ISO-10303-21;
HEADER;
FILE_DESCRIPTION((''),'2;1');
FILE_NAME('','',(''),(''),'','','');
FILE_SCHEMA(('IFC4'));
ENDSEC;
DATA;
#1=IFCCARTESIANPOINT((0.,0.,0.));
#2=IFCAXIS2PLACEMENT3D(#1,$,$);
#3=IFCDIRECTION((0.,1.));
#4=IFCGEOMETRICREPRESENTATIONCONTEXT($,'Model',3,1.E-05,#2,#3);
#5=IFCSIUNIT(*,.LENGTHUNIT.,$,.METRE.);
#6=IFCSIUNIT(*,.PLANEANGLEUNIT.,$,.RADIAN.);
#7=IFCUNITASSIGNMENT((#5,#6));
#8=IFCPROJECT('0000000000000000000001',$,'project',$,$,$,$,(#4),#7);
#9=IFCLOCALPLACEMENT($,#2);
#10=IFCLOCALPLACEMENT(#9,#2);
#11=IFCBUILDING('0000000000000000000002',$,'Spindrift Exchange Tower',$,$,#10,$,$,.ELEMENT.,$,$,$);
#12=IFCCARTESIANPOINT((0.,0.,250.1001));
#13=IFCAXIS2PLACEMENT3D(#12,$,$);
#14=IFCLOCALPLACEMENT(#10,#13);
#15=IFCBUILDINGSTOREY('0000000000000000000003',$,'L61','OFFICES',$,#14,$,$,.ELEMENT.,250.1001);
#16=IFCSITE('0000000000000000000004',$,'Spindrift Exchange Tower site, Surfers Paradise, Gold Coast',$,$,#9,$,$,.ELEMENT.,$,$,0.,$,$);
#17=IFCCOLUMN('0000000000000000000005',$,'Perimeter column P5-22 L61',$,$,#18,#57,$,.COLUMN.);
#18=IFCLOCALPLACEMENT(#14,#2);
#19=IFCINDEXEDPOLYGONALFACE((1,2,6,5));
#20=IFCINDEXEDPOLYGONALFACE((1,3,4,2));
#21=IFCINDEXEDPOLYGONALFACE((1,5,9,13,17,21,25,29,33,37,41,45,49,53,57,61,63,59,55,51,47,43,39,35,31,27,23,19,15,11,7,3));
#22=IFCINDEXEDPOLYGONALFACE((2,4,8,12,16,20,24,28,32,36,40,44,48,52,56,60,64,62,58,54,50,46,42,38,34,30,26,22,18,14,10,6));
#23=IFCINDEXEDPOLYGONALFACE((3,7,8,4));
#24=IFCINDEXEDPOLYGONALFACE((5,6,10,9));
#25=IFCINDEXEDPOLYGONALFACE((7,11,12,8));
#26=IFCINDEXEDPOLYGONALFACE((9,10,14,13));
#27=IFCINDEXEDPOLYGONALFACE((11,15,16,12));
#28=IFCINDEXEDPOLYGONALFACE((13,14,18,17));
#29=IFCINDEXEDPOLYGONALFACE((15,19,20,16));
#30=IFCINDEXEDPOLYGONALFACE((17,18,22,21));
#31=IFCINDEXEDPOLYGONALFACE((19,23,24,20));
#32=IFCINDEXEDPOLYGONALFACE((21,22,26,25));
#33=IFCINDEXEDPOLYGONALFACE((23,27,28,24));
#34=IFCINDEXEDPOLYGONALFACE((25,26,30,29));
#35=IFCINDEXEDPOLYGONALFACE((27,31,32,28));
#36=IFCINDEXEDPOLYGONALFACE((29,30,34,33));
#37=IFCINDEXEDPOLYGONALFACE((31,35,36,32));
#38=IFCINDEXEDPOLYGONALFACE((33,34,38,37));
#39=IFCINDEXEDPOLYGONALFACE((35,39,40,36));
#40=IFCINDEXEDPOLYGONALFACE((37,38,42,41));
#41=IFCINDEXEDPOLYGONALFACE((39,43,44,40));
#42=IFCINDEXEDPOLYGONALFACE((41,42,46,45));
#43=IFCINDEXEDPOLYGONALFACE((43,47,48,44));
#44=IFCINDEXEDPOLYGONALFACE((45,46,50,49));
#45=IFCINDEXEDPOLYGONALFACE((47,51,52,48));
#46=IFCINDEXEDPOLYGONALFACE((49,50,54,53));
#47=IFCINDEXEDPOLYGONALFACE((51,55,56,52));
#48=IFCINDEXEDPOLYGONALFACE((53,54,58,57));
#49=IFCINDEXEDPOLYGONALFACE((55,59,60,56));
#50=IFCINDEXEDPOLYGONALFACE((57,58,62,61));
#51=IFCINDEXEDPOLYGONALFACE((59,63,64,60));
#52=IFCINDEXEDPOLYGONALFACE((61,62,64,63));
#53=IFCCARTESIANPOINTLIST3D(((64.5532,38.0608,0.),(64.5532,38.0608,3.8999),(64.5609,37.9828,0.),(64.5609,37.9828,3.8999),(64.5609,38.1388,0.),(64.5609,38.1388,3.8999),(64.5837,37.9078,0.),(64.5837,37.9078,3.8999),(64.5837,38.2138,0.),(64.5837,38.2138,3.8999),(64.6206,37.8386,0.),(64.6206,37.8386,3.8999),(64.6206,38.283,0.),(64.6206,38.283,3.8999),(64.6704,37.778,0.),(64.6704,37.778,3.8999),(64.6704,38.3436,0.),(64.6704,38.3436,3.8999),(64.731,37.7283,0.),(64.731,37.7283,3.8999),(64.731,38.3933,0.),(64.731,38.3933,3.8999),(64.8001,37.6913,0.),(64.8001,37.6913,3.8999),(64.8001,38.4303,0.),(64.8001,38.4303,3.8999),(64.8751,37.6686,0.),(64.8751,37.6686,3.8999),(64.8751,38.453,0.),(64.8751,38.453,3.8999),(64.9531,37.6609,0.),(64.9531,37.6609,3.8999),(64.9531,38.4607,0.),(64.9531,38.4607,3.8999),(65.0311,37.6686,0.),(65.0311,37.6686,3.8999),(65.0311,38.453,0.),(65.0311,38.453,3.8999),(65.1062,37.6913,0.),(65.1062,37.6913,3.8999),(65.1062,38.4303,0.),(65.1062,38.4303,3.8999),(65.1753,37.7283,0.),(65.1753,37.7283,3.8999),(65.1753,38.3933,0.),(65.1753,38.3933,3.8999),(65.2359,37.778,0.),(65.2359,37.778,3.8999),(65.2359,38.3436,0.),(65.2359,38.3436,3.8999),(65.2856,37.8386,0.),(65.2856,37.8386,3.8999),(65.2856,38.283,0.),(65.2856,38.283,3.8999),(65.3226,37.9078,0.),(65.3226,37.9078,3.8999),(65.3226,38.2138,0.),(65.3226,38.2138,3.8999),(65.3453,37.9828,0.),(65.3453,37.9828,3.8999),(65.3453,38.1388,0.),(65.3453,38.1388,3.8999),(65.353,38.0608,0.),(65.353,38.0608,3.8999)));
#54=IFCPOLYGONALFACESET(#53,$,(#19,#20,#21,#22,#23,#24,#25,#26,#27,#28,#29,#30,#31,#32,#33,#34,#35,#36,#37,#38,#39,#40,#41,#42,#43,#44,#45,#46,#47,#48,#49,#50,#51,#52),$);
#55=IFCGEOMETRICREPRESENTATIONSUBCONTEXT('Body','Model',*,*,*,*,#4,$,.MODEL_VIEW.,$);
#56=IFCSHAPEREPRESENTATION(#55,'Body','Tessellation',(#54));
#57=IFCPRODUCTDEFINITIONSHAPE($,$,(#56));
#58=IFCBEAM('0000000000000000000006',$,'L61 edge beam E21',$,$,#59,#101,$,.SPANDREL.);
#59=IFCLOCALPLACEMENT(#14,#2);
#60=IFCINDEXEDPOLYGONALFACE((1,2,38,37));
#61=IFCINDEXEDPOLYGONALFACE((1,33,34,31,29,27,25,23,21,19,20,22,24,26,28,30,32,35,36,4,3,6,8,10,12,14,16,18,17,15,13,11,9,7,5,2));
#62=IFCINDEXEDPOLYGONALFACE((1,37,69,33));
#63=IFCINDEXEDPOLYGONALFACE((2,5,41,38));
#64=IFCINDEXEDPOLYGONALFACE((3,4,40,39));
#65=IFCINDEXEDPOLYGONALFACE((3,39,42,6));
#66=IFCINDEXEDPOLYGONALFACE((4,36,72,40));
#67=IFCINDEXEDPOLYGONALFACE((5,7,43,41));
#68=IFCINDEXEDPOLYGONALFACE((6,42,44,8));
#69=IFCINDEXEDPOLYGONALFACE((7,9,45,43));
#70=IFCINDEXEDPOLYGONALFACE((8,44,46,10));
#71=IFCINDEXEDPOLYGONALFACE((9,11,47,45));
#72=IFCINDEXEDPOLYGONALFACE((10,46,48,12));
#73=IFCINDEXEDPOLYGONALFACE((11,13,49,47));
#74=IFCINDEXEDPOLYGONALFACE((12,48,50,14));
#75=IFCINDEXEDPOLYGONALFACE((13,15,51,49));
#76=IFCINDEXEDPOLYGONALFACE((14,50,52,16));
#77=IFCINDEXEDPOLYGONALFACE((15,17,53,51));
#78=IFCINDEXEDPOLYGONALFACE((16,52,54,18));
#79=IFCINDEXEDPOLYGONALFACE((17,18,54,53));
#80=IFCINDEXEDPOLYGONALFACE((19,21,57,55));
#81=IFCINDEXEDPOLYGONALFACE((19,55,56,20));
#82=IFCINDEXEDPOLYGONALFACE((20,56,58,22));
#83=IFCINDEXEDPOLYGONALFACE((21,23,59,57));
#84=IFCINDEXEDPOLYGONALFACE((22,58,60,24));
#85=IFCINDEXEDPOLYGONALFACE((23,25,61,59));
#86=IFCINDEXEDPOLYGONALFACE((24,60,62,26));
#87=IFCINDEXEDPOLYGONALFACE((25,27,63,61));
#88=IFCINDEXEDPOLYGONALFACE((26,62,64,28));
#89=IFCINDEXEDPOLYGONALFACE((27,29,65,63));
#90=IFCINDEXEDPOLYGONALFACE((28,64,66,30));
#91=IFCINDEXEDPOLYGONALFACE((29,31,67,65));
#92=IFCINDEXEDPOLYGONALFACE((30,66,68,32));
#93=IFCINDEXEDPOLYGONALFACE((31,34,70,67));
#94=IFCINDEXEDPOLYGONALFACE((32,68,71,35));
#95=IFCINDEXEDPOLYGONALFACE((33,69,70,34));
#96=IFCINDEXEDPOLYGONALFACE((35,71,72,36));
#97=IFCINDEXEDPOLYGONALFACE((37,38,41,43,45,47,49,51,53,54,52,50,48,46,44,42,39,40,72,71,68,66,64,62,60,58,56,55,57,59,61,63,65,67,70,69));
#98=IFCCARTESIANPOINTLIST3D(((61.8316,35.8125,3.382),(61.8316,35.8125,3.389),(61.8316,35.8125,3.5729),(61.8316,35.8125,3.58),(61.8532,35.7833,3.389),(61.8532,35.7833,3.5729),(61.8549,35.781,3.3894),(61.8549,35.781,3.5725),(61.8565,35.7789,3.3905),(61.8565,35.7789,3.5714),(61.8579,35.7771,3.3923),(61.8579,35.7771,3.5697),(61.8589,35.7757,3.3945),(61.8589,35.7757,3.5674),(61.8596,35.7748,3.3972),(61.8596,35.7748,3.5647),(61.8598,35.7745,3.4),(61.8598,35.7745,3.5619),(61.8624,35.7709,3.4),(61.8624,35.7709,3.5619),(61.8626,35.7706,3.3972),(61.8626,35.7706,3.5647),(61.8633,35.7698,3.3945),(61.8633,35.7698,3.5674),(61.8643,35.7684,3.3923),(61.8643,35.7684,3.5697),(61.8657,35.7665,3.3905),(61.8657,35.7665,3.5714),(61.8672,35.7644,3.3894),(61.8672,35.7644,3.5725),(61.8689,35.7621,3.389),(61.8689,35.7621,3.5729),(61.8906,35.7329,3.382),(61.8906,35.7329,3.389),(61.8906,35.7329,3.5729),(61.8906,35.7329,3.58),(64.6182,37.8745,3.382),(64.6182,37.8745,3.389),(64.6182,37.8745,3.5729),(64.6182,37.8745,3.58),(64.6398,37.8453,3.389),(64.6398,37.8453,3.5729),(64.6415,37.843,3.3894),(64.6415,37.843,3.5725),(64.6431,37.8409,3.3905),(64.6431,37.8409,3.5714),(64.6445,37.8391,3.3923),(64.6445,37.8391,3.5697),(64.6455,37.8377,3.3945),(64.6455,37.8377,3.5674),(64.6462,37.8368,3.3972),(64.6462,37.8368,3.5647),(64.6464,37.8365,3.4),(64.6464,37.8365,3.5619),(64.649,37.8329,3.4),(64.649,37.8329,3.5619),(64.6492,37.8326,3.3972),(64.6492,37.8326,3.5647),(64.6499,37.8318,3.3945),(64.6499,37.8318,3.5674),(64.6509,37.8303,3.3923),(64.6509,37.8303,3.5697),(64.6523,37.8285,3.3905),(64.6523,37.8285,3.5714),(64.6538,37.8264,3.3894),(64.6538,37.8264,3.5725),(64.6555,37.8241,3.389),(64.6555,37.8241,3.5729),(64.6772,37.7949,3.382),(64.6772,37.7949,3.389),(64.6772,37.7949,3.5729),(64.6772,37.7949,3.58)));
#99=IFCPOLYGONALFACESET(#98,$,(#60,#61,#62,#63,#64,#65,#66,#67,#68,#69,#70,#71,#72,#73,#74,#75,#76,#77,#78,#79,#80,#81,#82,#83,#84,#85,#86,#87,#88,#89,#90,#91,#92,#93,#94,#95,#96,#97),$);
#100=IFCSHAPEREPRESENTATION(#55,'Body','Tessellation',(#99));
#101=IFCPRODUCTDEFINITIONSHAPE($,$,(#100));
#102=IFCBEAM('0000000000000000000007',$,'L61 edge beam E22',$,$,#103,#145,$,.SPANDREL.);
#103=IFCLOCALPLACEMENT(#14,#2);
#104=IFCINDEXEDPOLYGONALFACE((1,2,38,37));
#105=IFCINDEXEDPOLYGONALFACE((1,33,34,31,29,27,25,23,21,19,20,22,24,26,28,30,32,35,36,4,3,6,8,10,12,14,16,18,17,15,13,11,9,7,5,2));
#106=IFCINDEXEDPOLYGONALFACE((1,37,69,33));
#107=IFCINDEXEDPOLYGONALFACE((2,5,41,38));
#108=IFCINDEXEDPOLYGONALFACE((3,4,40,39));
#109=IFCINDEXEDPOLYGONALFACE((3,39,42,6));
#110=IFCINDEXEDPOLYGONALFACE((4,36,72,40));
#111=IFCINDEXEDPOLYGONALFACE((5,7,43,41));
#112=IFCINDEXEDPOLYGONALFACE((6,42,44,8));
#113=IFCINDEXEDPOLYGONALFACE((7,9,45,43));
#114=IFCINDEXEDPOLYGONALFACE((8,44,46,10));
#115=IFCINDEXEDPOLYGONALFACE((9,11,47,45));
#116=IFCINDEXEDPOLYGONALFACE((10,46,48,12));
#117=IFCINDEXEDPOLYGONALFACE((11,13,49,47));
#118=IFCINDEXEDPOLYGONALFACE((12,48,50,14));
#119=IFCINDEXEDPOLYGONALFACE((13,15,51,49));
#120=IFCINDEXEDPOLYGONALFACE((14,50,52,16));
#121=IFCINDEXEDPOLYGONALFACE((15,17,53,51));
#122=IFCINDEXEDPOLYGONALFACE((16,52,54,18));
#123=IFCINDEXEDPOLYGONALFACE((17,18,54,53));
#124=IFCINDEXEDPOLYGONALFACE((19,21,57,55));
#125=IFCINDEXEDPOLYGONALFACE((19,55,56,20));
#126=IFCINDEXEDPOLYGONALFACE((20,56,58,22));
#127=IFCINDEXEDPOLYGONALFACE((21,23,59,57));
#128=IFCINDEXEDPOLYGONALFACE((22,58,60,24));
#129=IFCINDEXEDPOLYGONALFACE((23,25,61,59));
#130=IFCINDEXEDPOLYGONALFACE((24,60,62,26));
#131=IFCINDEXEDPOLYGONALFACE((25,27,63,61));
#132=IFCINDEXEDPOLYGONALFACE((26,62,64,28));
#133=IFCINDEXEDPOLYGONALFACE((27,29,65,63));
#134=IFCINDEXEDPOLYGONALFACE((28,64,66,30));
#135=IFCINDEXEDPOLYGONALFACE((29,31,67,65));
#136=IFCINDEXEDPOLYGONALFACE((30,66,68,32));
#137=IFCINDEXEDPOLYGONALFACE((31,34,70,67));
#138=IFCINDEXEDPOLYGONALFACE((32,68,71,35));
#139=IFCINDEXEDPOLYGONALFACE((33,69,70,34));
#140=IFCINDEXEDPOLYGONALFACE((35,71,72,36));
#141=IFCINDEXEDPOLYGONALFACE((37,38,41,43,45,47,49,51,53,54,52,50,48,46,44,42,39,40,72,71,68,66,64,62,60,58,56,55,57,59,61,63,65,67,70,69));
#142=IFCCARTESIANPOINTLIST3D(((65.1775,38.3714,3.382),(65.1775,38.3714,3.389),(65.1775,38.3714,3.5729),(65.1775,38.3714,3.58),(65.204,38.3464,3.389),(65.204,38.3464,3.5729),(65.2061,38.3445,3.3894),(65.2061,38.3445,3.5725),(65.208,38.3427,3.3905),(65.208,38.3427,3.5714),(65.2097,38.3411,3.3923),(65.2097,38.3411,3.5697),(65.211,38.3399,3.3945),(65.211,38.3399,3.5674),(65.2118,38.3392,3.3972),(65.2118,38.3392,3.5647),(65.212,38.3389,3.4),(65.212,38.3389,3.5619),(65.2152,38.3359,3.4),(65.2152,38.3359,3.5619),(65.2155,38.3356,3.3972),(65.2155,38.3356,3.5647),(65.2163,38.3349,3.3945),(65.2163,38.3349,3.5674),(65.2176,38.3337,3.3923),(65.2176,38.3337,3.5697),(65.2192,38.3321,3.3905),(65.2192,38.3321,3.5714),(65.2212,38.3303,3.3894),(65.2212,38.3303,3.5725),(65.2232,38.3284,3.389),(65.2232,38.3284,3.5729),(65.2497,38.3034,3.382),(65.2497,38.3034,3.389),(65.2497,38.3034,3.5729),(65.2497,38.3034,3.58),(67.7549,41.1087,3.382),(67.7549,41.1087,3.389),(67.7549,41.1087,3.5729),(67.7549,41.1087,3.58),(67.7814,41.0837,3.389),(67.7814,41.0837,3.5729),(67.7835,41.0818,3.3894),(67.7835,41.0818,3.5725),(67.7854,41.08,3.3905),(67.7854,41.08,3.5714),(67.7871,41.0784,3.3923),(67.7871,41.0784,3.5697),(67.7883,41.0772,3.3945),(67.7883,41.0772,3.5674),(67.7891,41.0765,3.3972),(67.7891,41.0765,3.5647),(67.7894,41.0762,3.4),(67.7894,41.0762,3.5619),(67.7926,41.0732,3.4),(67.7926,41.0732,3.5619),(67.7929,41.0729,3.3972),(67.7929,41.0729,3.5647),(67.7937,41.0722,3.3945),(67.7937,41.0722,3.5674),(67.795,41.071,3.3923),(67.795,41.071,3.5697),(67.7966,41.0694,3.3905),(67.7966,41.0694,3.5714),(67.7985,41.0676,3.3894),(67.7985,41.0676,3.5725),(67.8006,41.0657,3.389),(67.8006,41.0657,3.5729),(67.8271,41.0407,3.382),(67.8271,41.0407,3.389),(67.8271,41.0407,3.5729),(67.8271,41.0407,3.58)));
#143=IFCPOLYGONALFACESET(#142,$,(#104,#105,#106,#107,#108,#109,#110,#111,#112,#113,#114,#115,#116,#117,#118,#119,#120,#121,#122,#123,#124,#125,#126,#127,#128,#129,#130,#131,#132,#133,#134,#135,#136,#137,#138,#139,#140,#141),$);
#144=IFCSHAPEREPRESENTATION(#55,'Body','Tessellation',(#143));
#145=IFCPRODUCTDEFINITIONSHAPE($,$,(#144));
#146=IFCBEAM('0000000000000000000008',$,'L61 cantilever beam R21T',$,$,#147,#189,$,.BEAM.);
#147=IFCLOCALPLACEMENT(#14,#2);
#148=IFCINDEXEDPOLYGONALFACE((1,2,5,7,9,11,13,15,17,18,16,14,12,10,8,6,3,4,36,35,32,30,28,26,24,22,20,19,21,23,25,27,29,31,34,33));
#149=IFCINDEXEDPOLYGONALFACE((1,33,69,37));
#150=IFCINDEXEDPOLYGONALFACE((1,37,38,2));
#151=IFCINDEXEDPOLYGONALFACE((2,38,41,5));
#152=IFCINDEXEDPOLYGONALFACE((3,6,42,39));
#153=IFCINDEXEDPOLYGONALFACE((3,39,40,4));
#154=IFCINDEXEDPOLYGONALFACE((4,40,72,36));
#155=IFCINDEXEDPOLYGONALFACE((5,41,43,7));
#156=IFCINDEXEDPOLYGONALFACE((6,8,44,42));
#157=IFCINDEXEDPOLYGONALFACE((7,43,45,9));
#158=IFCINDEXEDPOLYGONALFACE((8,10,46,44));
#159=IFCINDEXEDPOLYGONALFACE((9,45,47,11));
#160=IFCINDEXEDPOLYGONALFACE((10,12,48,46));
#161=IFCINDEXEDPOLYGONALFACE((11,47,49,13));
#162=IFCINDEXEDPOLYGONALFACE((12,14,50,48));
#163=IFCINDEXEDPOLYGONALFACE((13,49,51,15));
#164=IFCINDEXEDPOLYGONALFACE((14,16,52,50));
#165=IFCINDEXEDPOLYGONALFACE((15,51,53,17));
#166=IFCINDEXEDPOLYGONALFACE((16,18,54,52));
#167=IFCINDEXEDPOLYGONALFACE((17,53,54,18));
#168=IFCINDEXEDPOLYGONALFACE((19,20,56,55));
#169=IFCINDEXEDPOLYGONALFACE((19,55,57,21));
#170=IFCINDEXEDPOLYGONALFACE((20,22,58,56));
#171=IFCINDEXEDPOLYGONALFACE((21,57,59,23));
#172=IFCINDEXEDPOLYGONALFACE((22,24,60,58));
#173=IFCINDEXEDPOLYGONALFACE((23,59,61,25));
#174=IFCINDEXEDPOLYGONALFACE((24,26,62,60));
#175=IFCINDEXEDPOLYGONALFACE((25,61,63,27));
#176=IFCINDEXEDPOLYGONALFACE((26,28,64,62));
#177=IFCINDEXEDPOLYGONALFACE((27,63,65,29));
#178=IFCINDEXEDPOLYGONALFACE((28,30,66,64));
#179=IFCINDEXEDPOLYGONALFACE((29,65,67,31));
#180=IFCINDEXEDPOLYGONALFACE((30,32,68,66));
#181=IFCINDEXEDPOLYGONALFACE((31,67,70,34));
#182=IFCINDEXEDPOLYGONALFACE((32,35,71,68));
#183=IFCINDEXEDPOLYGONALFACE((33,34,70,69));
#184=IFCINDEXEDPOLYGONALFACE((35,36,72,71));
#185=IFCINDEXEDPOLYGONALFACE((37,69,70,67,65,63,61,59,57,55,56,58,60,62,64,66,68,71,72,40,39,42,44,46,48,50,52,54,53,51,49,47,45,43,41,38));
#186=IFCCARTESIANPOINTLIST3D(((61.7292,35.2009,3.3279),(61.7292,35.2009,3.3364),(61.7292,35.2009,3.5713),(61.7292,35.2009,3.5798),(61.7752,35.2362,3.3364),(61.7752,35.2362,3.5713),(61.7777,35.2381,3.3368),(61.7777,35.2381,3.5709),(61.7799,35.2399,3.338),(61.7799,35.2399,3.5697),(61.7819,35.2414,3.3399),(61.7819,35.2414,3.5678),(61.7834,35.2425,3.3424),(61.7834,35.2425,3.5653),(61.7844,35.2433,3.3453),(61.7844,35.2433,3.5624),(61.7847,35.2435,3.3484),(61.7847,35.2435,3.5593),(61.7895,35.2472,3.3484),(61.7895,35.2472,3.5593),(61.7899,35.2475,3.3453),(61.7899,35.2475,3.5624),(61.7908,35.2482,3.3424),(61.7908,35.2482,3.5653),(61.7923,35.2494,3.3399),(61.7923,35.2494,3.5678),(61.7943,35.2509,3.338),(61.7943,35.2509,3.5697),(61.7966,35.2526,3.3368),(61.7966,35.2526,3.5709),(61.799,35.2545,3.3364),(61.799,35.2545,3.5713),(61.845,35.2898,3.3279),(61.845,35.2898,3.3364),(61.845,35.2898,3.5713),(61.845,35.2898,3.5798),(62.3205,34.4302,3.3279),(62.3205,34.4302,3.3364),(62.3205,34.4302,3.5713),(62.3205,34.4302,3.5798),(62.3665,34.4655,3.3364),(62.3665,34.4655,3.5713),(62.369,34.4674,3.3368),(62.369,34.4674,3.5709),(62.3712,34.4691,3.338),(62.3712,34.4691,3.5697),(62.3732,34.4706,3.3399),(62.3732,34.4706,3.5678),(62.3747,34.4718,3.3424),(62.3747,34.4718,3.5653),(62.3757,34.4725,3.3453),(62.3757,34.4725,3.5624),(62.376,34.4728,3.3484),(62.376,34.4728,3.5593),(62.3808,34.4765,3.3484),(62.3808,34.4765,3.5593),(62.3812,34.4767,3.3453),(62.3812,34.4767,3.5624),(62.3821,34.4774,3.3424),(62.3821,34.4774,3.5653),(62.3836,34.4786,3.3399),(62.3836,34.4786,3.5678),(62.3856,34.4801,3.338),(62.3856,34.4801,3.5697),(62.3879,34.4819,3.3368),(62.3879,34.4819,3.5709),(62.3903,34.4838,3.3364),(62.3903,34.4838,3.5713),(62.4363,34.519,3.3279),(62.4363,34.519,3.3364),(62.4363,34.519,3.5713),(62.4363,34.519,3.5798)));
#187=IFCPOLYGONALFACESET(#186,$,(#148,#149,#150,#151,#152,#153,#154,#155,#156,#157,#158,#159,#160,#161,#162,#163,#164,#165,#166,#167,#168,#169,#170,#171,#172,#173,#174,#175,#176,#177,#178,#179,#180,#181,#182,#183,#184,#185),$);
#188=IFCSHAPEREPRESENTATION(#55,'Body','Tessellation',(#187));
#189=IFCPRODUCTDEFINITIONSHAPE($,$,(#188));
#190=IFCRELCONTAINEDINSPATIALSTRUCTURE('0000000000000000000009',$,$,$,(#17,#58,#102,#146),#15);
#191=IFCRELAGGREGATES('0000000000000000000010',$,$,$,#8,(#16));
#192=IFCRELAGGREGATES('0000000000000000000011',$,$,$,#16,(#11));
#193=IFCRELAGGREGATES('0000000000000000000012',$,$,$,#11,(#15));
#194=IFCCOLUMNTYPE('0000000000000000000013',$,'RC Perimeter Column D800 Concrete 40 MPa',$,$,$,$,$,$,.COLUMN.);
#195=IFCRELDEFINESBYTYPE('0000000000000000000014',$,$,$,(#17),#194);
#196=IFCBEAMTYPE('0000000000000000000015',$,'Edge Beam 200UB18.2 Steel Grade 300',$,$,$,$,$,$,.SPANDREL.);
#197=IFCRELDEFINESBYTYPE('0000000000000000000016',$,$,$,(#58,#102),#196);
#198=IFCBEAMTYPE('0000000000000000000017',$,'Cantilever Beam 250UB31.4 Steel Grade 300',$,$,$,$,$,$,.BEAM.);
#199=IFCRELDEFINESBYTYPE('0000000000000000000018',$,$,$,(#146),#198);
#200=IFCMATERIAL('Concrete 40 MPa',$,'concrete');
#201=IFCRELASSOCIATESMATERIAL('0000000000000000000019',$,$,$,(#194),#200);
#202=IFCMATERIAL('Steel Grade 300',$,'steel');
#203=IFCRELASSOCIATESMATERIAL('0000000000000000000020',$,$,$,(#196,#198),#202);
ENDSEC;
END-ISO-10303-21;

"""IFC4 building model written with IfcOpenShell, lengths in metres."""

from ifc_helpers import new_model, si_unit, direction, frame, origin, origin_2d, place, context, subcontext, project, spatial, circle, i_section, extrude, source, transform, mapped, material, material_profile, profile_set, type_object, element, save


model = new_model("IFC4")

# Units and contexts
model_context = context("Model", 3, precision=1e-05, world=origin(), true_north=direction((0.0, 1.0)))
body_context = subcontext(model_context, "Body", "Model", "MODEL_VIEW")
ifc_project = project(units=[si_unit("LENGTHUNIT", "METRE"), si_unit("PLANEANGLEUNIT", "RADIAN")], contexts=[model_context])

# Site, building, storey
site_placement = place(None, origin())
site = spatial("IfcSite", under=ifc_project, at=site_placement, Name="Spindrift Exchange Tower site, Surfers Paradise, Gold Coast", CompositionType="ELEMENT", RefElevation=0.0)
building_placement = place(site_placement, origin())
building = spatial("IfcBuilding", under=site, at=building_placement, Name="Spindrift Exchange Tower", CompositionType="ELEMENT")
storey_placement = place(building_placement, frame((0.0, 0.0, 250.1001)))
storey = spatial("IfcBuildingStorey", under=building, at=storey_placement, Name="L61", Description="OFFICES", CompositionType="ELEMENT", Elevation=250.1001)

# Column
ifc_material_1 = material(Name="Concrete 40 MPa", Category="concrete")
ifc_material_profile_1 = material_profile(ifc_material_1, circle(Radius=0.3999, at=origin_2d()), Name="RC D800")
ifc_profile_set_1 = profile_set([ifc_material_profile_1], Name="Concrete 40 MPa")
column_type = type_object("IfcColumnType", Name="RC Perimeter Column D800 Concrete 40 MPa", PredefinedType="COLUMN", material=ifc_profile_set_1)
shared_shape_1 = source(origin(), body_context, "Body", "SweptSolid", [
    extrude(circle(Radius=0.3999, at=origin_2d()), origin(), (0.0, 0.0, 1.0), 3.8999),
])
column_placement = place(storey_placement, frame((64.9531, 38.0608, 0.0), z_axis=(0.0, 0.0, 1.0), x_axis=(1.0, 0.0, 0.0)))
element("IfcColumn", 1, at=column_placement, inside=storey, type_object=column_type, Name="Perimeter column P5-22 L61", PredefinedType="COLUMN", context=body_context, shape_type="MappedRepresentation", body=[
    mapped(shared_shape_1, transform((0.0, 0.0, 0.0), scale=1.0)),
])

# Beams
ifc_material_2 = material(Name="Steel Grade 300", Category="steel")
ifc_material_profile_2 = material_profile(ifc_material_2, i_section(OverallWidth=0.0991, OverallDepth=0.198, WebThickness=0.0044, FlangeThickness=0.0071, FilletRadius=0.011, at=origin_2d()), Name="200UB18.2")
ifc_profile_set_2 = profile_set([ifc_material_profile_2], Name="Steel Grade 300")
beam_type_1 = type_object("IfcBeamType", Name="Edge Beam 200UB18.2 Steel Grade 300", PredefinedType="SPANDREL", material=ifc_profile_set_2)
shared_shape_2 = source(origin(), body_context, "Body", "SweptSolid", [
    extrude(i_section(OverallWidth=0.0991, OverallDepth=0.198, WebThickness=0.0044, FlangeThickness=0.0071, FilletRadius=0.011, at=origin_2d()), origin(), (0.0, 0.0, 1.0), 3.4666),
])
beam_1_placement = place(storey_placement, frame((61.8611, 35.7727, 3.481), z_axis=(0.803854, 0.594827, 0.0), x_axis=(-0.594827, 0.803854, 0.0)))
element("IfcBeam", 2, at=beam_1_placement, inside=storey, type_object=beam_type_1, Name="L61 edge beam E21", PredefinedType="SPANDREL", context=body_context, shape_type="MappedRepresentation", body=[
    mapped(shared_shape_2, transform((0.0, 0.0, 0.0), scale=1.0)),
])
shared_shape_3 = source(origin(), body_context, "Body", "SweptSolid", [
    extrude(i_section(OverallWidth=0.0991, OverallDepth=0.198, WebThickness=0.0044, FlangeThickness=0.0071, FilletRadius=0.011, at=origin_2d()), origin(), (0.0, 0.0, 1.0), 3.7598),
])
beam_2_placement = place(storey_placement, frame((65.2136, 38.3374, 3.481), z_axis=(0.685521, 0.728053, 0.0), x_axis=(-0.728053, 0.685521, 0.0)))
element("IfcBeam", 3, at=beam_2_placement, inside=storey, type_object=beam_type_1, Name="L61 edge beam E22", PredefinedType="SPANDREL", context=body_context, shape_type="MappedRepresentation", body=[
    mapped(shared_shape_3, transform((0.0, 0.0, 0.0), scale=1.0)),
])
ifc_material_profile_3 = material_profile(ifc_material_2, i_section(OverallWidth=0.146, OverallDepth=0.252, WebThickness=0.0061, FlangeThickness=0.0085, FilletRadius=0.012, at=origin_2d()), Name="250UB31.4")
ifc_profile_set_3 = profile_set([ifc_material_profile_3], Name="Steel Grade 300")
beam_type_2 = type_object("IfcBeamType", Name="Cantilever Beam 250UB31.4 Steel Grade 300", PredefinedType="BEAM", material=ifc_profile_set_3)
shared_shape_4 = source(origin(), body_context, "Body", "SweptSolid", [
    extrude(i_section(OverallWidth=0.146, OverallDepth=0.252, WebThickness=0.0061, FlangeThickness=0.0085, FilletRadius=0.012, at=origin_2d()), origin(), (0.0, 0.0, 1.0), 0.9714),
])
beam_3_placement = place(storey_placement, frame((61.7871, 35.2454, 3.4539), z_axis=(0.60869, -0.793408, 0.0), x_axis=(0.793408, 0.60869, 0.0)))
element("IfcBeam", 4, at=beam_3_placement, inside=storey, type_object=beam_type_2, Name="L61 cantilever beam R21T", PredefinedType="BEAM", context=body_context, shape_type="MappedRepresentation", body=[
    mapped(shared_shape_4, transform((0.0, 0.0, 0.0), scale=1.0)),
])

save(model, "model.ifc")
